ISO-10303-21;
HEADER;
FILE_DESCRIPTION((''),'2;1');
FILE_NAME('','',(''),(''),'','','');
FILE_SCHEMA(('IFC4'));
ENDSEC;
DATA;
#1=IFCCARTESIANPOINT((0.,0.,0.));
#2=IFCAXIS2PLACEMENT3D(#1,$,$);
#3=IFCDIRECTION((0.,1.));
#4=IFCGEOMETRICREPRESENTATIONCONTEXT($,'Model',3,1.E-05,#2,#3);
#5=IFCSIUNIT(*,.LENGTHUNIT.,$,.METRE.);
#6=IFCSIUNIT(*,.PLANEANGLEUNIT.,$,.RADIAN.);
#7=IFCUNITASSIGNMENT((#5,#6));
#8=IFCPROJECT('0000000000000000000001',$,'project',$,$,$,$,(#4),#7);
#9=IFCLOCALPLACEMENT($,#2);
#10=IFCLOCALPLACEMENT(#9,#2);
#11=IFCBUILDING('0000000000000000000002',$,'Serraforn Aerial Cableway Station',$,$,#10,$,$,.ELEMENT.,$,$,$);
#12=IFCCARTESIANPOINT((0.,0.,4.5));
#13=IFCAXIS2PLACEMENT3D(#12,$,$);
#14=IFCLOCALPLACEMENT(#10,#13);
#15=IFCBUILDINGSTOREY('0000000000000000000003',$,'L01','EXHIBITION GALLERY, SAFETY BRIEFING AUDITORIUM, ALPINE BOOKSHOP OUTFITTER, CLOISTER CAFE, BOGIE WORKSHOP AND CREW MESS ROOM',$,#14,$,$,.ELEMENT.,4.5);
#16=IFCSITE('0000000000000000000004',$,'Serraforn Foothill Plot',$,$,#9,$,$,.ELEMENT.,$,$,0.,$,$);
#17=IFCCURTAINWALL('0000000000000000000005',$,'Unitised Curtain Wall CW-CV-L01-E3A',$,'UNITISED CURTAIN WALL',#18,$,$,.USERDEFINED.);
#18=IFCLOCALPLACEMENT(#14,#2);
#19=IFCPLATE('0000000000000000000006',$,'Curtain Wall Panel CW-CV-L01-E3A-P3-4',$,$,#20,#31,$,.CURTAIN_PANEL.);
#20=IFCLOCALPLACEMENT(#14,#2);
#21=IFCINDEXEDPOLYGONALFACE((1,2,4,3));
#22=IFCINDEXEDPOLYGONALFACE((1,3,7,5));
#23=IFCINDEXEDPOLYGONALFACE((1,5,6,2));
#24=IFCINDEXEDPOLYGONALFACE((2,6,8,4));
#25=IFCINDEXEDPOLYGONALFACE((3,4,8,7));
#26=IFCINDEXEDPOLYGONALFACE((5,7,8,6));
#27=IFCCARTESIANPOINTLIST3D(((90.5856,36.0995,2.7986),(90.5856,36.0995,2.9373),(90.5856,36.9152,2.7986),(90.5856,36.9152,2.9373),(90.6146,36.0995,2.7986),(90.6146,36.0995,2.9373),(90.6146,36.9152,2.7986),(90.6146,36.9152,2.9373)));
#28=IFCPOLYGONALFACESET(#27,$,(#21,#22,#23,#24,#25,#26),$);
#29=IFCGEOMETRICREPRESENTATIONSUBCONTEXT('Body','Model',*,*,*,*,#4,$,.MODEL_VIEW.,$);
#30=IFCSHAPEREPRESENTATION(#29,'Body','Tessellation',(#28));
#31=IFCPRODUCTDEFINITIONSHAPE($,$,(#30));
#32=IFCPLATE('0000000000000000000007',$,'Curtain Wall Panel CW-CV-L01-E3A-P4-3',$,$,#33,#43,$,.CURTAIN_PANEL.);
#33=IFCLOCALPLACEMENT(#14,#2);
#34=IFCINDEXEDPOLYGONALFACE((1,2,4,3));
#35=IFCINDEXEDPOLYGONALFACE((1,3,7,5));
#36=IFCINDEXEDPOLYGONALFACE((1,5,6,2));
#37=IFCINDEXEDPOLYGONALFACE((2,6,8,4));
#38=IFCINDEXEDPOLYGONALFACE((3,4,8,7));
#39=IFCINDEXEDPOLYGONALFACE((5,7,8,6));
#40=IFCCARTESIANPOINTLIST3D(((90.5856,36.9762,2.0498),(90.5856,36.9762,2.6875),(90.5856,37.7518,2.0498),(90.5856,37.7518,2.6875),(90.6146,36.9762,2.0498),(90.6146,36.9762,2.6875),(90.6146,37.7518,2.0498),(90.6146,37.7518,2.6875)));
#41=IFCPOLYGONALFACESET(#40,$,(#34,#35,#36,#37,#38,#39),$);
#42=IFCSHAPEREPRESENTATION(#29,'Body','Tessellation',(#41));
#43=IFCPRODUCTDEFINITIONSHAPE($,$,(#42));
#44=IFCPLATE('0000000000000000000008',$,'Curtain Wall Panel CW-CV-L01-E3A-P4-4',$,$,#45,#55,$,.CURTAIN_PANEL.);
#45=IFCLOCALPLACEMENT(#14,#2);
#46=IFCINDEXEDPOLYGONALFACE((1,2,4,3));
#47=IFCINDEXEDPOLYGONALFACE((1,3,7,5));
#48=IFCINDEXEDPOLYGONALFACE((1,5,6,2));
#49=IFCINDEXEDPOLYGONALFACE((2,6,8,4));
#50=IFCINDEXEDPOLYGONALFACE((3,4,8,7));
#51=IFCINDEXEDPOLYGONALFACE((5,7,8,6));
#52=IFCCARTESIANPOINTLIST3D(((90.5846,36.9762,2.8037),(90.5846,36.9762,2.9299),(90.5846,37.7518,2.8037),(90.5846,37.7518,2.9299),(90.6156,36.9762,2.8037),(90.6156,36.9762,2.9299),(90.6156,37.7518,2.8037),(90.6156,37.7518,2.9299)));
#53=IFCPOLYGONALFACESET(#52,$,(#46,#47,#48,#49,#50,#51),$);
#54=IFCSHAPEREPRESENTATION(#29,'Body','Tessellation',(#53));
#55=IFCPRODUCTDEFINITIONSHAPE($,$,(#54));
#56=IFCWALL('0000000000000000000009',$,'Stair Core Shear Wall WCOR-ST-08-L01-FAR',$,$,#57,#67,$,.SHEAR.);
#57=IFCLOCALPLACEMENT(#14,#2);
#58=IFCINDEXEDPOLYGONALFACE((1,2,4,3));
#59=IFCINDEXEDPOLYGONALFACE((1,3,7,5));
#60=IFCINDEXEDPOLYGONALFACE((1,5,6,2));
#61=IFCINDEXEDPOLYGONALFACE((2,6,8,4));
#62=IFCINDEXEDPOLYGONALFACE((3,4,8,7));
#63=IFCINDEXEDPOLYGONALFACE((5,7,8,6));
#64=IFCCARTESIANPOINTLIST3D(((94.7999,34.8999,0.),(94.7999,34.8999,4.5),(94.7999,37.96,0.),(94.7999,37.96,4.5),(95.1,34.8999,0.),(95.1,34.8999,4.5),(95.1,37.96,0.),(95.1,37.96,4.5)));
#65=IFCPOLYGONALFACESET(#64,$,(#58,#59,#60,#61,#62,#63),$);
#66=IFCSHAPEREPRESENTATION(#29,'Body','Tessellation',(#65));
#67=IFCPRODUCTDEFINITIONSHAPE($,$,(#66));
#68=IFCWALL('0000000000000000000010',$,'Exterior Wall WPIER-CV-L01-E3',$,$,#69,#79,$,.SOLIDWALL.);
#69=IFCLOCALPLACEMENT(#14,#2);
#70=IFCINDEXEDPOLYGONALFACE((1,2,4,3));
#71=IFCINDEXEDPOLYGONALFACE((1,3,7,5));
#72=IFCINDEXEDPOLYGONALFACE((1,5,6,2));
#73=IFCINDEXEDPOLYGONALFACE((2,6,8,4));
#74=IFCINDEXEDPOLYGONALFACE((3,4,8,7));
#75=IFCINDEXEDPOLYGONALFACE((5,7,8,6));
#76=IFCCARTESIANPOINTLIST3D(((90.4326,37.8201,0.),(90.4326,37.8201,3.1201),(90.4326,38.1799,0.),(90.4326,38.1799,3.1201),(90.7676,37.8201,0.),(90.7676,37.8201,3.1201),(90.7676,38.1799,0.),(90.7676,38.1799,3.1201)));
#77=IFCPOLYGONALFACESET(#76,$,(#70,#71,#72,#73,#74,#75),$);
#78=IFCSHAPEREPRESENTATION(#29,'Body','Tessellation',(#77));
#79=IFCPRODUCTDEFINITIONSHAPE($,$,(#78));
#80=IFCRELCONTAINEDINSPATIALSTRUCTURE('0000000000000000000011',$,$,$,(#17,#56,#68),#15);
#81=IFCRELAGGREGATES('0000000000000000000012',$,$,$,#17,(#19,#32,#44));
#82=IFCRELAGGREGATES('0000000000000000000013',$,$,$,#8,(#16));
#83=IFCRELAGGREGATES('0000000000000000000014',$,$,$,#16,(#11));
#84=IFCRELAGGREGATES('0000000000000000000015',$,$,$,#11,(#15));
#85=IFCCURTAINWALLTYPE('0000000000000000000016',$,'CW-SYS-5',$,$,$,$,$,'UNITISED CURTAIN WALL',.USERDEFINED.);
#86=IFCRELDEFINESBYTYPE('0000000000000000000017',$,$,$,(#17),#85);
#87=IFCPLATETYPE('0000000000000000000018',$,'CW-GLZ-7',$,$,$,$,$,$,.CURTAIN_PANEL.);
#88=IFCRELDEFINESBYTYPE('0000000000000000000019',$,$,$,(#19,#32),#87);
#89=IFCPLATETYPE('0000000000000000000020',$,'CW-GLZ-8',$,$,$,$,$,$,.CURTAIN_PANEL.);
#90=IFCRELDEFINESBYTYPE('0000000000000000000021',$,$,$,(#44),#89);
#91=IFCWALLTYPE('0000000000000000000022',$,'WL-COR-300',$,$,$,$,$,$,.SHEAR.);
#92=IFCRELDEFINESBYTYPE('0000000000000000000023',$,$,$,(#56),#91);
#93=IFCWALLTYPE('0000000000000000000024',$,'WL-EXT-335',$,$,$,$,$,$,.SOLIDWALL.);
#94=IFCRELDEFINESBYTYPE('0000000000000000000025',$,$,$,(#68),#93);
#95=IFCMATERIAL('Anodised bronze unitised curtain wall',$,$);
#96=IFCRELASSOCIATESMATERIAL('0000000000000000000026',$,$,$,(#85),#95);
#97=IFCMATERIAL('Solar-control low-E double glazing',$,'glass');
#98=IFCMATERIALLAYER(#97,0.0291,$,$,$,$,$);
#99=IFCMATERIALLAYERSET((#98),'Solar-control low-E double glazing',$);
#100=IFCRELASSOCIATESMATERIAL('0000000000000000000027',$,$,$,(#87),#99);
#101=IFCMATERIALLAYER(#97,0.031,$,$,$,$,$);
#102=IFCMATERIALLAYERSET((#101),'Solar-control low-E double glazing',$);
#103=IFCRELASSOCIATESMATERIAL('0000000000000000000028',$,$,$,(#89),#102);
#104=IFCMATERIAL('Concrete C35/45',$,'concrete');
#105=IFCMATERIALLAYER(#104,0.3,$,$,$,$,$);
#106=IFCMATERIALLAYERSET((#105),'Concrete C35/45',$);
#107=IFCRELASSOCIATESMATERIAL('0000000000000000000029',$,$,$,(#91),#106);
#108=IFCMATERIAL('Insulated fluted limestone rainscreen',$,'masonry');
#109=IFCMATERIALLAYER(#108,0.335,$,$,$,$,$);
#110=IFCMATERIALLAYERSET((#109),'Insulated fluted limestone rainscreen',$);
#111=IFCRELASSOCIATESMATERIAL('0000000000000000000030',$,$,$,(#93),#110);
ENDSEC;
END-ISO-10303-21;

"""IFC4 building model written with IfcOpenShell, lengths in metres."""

from ifc_helpers import new_model, si_unit, direction, frame, frame_2d, origin, origin_2d, place, context, subcontext, project, spatial, rectangle, extrude, material, layer, layer_set, type_object, element, aggregate, save


model = new_model("IFC4")

# Units and contexts
model_context = context("Model", 3, precision=1e-05, world=origin(), true_north=direction((0.0, 1.0)))
body_context = subcontext(model_context, "Body", "Model", "MODEL_VIEW")
ifc_project = project(units=[si_unit("LENGTHUNIT", "METRE"), si_unit("PLANEANGLEUNIT", "RADIAN")], contexts=[model_context])

# Site, building, storey
site_placement = place(None, origin())
site = spatial("IfcSite", under=ifc_project, at=site_placement, Name="Serraforn Foothill Plot", CompositionType="ELEMENT", RefElevation=0.0)
building_placement = place(site_placement, origin())
building = spatial("IfcBuilding", under=site, at=building_placement, Name="Serraforn Aerial Cableway Station", CompositionType="ELEMENT")
storey_placement = place(building_placement, frame((0.0, 0.0, 4.5)))
storey = spatial("IfcBuildingStorey", under=building, at=storey_placement, Name="L01", Description="EXHIBITION GALLERY, SAFETY BRIEFING AUDITORIUM, ALPINE BOOKSHOP OUTFITTER, CLOISTER CAFE, BOGIE WORKSHOP AND CREW MESS ROOM", CompositionType="ELEMENT", Elevation=4.5)

# Curtain wall
ifc_material_1 = material(Name="Anodised bronze unitised curtain wall")
curtain_wall_type_1 = type_object("IfcCurtainWallType", Name="CW-SYS-5", ElementType="UNITISED CURTAIN WALL", PredefinedType="USERDEFINED", material=ifc_material_1)
curtain_wall_1_placement = place(storey_placement, origin())
curtain_wall_1 = element("IfcCurtainWall", 1, at=curtain_wall_1_placement, inside=storey, type_object=curtain_wall_type_1, Name="Unitised Curtain Wall CW-CV-L01-E3A", ObjectType="UNITISED CURTAIN WALL", PredefinedType="USERDEFINED")

# Plates
ifc_material_2 = material(Name="Solar-control low-E double glazing", Category="glass")
ifc_layer_1 = layer(ifc_material_2, 0.0291)
ifc_layer_set_1 = layer_set([ifc_layer_1], Name="Solar-control low-E double glazing")
plate_type_1 = type_object("IfcPlateType", Name="CW-GLZ-7", PredefinedType="CURTAIN_PANEL", material=ifc_layer_set_1)
plate_1_placement = place(storey_placement, frame((90.6001, 36.5073, 2.7986), z_axis=(0.0, 0.0, 1.0), x_axis=(1.0, 0.0, 0.0)))
plate_1 = element("IfcPlate", 2, at=plate_1_placement, type_object=plate_type_1, Name="Curtain Wall Panel CW-CV-L01-E3A-P3-4", PredefinedType="CURTAIN_PANEL", context=body_context, shape_type="SweptSolid", body=[
    extrude(rectangle(XDim=0.0291, YDim=0.8157, at=origin_2d()), origin(), (0.0, 0.0, 1.0), 0.1387),
])
plate_2_placement = place(storey_placement, frame((90.6001, 37.364, 2.0498), z_axis=(0.0, 0.0, 1.0), x_axis=(1.0, 0.0, 0.0)))
plate_2 = element("IfcPlate", 3, at=plate_2_placement, type_object=plate_type_1, Name="Curtain Wall Panel CW-CV-L01-E3A-P4-3", PredefinedType="CURTAIN_PANEL", context=body_context, shape_type="SweptSolid", body=[
    extrude(rectangle(XDim=0.0291, YDim=0.7756, at=origin_2d()), origin(), (0.0, 0.0, 1.0), 0.6377),
])
ifc_layer_2 = layer(ifc_material_2, 0.031)
ifc_layer_set_2 = layer_set([ifc_layer_2], Name="Solar-control low-E double glazing")
plate_type_2 = type_object("IfcPlateType", Name="CW-GLZ-8", PredefinedType="CURTAIN_PANEL", material=ifc_layer_set_2)
plate_3_placement = place(storey_placement, frame((90.6001, 37.364, 2.8037), z_axis=(0.0, 0.0, 1.0), x_axis=(1.0, 0.0, 0.0)))
plate_3 = element("IfcPlate", 4, at=plate_3_placement, type_object=plate_type_2, Name="Curtain Wall Panel CW-CV-L01-E3A-P4-4", PredefinedType="CURTAIN_PANEL", context=body_context, shape_type="SweptSolid", body=[
    extrude(rectangle(XDim=0.031, YDim=0.7756, at=origin_2d()), origin(), (0.0, 0.0, 1.0), 0.1262),
])
aggregate(curtain_wall_1, [plate_1, plate_2, plate_3])

# Walls
ifc_material_3 = material(Name="Concrete C35/45", Category="concrete")
ifc_layer_3 = layer(ifc_material_3, 0.3)
ifc_layer_set_3 = layer_set([ifc_layer_3], Name="Concrete C35/45")
wall_type_1 = type_object("IfcWallType", Name="WL-COR-300", PredefinedType="SHEAR", material=ifc_layer_set_3)
wall_1_placement = place(storey_placement, frame((94.95, 37.96, 0.0), z_axis=(0.0, 0.0, 1.0), x_axis=(0.0, -1.0, 0.0)))
element("IfcWall", 5, at=wall_1_placement, inside=storey, type_object=wall_type_1, Name="Stair Core Shear Wall WCOR-ST-08-L01-FAR", PredefinedType="SHEAR", context=body_context, shape_type="SweptSolid", body=[
    extrude(rectangle(XDim=3.0601, YDim=0.3, at=frame_2d((1.53, 0.0))), origin(), (0.0, 0.0, 1.0), 4.5),
])
ifc_material_4 = material(Name="Insulated fluted limestone rainscreen", Category="masonry")
ifc_layer_4 = layer(ifc_material_4, 0.335)
ifc_layer_set_4 = layer_set([ifc_layer_4], Name="Insulated fluted limestone rainscreen")
wall_type_2 = type_object("IfcWallType", Name="WL-EXT-335", PredefinedType="SOLIDWALL", material=ifc_layer_set_4)
wall_2_placement = place(storey_placement, frame((90.6001, 37.8201, 0.0), z_axis=(0.0, 0.0, 1.0), x_axis=(0.0, 1.0, 0.0)))
element("IfcWall", 6, at=wall_2_placement, inside=storey, type_object=wall_type_2, Name="Exterior Wall WPIER-CV-L01-E3", PredefinedType="SOLIDWALL", context=body_context, shape_type="SweptSolid", body=[
    extrude(rectangle(XDim=0.3599, YDim=0.335, at=frame_2d((0.1799, 0.0))), origin(), (0.0, 0.0, 1.0), 3.1201),
])

save(model, "model.ifc")
